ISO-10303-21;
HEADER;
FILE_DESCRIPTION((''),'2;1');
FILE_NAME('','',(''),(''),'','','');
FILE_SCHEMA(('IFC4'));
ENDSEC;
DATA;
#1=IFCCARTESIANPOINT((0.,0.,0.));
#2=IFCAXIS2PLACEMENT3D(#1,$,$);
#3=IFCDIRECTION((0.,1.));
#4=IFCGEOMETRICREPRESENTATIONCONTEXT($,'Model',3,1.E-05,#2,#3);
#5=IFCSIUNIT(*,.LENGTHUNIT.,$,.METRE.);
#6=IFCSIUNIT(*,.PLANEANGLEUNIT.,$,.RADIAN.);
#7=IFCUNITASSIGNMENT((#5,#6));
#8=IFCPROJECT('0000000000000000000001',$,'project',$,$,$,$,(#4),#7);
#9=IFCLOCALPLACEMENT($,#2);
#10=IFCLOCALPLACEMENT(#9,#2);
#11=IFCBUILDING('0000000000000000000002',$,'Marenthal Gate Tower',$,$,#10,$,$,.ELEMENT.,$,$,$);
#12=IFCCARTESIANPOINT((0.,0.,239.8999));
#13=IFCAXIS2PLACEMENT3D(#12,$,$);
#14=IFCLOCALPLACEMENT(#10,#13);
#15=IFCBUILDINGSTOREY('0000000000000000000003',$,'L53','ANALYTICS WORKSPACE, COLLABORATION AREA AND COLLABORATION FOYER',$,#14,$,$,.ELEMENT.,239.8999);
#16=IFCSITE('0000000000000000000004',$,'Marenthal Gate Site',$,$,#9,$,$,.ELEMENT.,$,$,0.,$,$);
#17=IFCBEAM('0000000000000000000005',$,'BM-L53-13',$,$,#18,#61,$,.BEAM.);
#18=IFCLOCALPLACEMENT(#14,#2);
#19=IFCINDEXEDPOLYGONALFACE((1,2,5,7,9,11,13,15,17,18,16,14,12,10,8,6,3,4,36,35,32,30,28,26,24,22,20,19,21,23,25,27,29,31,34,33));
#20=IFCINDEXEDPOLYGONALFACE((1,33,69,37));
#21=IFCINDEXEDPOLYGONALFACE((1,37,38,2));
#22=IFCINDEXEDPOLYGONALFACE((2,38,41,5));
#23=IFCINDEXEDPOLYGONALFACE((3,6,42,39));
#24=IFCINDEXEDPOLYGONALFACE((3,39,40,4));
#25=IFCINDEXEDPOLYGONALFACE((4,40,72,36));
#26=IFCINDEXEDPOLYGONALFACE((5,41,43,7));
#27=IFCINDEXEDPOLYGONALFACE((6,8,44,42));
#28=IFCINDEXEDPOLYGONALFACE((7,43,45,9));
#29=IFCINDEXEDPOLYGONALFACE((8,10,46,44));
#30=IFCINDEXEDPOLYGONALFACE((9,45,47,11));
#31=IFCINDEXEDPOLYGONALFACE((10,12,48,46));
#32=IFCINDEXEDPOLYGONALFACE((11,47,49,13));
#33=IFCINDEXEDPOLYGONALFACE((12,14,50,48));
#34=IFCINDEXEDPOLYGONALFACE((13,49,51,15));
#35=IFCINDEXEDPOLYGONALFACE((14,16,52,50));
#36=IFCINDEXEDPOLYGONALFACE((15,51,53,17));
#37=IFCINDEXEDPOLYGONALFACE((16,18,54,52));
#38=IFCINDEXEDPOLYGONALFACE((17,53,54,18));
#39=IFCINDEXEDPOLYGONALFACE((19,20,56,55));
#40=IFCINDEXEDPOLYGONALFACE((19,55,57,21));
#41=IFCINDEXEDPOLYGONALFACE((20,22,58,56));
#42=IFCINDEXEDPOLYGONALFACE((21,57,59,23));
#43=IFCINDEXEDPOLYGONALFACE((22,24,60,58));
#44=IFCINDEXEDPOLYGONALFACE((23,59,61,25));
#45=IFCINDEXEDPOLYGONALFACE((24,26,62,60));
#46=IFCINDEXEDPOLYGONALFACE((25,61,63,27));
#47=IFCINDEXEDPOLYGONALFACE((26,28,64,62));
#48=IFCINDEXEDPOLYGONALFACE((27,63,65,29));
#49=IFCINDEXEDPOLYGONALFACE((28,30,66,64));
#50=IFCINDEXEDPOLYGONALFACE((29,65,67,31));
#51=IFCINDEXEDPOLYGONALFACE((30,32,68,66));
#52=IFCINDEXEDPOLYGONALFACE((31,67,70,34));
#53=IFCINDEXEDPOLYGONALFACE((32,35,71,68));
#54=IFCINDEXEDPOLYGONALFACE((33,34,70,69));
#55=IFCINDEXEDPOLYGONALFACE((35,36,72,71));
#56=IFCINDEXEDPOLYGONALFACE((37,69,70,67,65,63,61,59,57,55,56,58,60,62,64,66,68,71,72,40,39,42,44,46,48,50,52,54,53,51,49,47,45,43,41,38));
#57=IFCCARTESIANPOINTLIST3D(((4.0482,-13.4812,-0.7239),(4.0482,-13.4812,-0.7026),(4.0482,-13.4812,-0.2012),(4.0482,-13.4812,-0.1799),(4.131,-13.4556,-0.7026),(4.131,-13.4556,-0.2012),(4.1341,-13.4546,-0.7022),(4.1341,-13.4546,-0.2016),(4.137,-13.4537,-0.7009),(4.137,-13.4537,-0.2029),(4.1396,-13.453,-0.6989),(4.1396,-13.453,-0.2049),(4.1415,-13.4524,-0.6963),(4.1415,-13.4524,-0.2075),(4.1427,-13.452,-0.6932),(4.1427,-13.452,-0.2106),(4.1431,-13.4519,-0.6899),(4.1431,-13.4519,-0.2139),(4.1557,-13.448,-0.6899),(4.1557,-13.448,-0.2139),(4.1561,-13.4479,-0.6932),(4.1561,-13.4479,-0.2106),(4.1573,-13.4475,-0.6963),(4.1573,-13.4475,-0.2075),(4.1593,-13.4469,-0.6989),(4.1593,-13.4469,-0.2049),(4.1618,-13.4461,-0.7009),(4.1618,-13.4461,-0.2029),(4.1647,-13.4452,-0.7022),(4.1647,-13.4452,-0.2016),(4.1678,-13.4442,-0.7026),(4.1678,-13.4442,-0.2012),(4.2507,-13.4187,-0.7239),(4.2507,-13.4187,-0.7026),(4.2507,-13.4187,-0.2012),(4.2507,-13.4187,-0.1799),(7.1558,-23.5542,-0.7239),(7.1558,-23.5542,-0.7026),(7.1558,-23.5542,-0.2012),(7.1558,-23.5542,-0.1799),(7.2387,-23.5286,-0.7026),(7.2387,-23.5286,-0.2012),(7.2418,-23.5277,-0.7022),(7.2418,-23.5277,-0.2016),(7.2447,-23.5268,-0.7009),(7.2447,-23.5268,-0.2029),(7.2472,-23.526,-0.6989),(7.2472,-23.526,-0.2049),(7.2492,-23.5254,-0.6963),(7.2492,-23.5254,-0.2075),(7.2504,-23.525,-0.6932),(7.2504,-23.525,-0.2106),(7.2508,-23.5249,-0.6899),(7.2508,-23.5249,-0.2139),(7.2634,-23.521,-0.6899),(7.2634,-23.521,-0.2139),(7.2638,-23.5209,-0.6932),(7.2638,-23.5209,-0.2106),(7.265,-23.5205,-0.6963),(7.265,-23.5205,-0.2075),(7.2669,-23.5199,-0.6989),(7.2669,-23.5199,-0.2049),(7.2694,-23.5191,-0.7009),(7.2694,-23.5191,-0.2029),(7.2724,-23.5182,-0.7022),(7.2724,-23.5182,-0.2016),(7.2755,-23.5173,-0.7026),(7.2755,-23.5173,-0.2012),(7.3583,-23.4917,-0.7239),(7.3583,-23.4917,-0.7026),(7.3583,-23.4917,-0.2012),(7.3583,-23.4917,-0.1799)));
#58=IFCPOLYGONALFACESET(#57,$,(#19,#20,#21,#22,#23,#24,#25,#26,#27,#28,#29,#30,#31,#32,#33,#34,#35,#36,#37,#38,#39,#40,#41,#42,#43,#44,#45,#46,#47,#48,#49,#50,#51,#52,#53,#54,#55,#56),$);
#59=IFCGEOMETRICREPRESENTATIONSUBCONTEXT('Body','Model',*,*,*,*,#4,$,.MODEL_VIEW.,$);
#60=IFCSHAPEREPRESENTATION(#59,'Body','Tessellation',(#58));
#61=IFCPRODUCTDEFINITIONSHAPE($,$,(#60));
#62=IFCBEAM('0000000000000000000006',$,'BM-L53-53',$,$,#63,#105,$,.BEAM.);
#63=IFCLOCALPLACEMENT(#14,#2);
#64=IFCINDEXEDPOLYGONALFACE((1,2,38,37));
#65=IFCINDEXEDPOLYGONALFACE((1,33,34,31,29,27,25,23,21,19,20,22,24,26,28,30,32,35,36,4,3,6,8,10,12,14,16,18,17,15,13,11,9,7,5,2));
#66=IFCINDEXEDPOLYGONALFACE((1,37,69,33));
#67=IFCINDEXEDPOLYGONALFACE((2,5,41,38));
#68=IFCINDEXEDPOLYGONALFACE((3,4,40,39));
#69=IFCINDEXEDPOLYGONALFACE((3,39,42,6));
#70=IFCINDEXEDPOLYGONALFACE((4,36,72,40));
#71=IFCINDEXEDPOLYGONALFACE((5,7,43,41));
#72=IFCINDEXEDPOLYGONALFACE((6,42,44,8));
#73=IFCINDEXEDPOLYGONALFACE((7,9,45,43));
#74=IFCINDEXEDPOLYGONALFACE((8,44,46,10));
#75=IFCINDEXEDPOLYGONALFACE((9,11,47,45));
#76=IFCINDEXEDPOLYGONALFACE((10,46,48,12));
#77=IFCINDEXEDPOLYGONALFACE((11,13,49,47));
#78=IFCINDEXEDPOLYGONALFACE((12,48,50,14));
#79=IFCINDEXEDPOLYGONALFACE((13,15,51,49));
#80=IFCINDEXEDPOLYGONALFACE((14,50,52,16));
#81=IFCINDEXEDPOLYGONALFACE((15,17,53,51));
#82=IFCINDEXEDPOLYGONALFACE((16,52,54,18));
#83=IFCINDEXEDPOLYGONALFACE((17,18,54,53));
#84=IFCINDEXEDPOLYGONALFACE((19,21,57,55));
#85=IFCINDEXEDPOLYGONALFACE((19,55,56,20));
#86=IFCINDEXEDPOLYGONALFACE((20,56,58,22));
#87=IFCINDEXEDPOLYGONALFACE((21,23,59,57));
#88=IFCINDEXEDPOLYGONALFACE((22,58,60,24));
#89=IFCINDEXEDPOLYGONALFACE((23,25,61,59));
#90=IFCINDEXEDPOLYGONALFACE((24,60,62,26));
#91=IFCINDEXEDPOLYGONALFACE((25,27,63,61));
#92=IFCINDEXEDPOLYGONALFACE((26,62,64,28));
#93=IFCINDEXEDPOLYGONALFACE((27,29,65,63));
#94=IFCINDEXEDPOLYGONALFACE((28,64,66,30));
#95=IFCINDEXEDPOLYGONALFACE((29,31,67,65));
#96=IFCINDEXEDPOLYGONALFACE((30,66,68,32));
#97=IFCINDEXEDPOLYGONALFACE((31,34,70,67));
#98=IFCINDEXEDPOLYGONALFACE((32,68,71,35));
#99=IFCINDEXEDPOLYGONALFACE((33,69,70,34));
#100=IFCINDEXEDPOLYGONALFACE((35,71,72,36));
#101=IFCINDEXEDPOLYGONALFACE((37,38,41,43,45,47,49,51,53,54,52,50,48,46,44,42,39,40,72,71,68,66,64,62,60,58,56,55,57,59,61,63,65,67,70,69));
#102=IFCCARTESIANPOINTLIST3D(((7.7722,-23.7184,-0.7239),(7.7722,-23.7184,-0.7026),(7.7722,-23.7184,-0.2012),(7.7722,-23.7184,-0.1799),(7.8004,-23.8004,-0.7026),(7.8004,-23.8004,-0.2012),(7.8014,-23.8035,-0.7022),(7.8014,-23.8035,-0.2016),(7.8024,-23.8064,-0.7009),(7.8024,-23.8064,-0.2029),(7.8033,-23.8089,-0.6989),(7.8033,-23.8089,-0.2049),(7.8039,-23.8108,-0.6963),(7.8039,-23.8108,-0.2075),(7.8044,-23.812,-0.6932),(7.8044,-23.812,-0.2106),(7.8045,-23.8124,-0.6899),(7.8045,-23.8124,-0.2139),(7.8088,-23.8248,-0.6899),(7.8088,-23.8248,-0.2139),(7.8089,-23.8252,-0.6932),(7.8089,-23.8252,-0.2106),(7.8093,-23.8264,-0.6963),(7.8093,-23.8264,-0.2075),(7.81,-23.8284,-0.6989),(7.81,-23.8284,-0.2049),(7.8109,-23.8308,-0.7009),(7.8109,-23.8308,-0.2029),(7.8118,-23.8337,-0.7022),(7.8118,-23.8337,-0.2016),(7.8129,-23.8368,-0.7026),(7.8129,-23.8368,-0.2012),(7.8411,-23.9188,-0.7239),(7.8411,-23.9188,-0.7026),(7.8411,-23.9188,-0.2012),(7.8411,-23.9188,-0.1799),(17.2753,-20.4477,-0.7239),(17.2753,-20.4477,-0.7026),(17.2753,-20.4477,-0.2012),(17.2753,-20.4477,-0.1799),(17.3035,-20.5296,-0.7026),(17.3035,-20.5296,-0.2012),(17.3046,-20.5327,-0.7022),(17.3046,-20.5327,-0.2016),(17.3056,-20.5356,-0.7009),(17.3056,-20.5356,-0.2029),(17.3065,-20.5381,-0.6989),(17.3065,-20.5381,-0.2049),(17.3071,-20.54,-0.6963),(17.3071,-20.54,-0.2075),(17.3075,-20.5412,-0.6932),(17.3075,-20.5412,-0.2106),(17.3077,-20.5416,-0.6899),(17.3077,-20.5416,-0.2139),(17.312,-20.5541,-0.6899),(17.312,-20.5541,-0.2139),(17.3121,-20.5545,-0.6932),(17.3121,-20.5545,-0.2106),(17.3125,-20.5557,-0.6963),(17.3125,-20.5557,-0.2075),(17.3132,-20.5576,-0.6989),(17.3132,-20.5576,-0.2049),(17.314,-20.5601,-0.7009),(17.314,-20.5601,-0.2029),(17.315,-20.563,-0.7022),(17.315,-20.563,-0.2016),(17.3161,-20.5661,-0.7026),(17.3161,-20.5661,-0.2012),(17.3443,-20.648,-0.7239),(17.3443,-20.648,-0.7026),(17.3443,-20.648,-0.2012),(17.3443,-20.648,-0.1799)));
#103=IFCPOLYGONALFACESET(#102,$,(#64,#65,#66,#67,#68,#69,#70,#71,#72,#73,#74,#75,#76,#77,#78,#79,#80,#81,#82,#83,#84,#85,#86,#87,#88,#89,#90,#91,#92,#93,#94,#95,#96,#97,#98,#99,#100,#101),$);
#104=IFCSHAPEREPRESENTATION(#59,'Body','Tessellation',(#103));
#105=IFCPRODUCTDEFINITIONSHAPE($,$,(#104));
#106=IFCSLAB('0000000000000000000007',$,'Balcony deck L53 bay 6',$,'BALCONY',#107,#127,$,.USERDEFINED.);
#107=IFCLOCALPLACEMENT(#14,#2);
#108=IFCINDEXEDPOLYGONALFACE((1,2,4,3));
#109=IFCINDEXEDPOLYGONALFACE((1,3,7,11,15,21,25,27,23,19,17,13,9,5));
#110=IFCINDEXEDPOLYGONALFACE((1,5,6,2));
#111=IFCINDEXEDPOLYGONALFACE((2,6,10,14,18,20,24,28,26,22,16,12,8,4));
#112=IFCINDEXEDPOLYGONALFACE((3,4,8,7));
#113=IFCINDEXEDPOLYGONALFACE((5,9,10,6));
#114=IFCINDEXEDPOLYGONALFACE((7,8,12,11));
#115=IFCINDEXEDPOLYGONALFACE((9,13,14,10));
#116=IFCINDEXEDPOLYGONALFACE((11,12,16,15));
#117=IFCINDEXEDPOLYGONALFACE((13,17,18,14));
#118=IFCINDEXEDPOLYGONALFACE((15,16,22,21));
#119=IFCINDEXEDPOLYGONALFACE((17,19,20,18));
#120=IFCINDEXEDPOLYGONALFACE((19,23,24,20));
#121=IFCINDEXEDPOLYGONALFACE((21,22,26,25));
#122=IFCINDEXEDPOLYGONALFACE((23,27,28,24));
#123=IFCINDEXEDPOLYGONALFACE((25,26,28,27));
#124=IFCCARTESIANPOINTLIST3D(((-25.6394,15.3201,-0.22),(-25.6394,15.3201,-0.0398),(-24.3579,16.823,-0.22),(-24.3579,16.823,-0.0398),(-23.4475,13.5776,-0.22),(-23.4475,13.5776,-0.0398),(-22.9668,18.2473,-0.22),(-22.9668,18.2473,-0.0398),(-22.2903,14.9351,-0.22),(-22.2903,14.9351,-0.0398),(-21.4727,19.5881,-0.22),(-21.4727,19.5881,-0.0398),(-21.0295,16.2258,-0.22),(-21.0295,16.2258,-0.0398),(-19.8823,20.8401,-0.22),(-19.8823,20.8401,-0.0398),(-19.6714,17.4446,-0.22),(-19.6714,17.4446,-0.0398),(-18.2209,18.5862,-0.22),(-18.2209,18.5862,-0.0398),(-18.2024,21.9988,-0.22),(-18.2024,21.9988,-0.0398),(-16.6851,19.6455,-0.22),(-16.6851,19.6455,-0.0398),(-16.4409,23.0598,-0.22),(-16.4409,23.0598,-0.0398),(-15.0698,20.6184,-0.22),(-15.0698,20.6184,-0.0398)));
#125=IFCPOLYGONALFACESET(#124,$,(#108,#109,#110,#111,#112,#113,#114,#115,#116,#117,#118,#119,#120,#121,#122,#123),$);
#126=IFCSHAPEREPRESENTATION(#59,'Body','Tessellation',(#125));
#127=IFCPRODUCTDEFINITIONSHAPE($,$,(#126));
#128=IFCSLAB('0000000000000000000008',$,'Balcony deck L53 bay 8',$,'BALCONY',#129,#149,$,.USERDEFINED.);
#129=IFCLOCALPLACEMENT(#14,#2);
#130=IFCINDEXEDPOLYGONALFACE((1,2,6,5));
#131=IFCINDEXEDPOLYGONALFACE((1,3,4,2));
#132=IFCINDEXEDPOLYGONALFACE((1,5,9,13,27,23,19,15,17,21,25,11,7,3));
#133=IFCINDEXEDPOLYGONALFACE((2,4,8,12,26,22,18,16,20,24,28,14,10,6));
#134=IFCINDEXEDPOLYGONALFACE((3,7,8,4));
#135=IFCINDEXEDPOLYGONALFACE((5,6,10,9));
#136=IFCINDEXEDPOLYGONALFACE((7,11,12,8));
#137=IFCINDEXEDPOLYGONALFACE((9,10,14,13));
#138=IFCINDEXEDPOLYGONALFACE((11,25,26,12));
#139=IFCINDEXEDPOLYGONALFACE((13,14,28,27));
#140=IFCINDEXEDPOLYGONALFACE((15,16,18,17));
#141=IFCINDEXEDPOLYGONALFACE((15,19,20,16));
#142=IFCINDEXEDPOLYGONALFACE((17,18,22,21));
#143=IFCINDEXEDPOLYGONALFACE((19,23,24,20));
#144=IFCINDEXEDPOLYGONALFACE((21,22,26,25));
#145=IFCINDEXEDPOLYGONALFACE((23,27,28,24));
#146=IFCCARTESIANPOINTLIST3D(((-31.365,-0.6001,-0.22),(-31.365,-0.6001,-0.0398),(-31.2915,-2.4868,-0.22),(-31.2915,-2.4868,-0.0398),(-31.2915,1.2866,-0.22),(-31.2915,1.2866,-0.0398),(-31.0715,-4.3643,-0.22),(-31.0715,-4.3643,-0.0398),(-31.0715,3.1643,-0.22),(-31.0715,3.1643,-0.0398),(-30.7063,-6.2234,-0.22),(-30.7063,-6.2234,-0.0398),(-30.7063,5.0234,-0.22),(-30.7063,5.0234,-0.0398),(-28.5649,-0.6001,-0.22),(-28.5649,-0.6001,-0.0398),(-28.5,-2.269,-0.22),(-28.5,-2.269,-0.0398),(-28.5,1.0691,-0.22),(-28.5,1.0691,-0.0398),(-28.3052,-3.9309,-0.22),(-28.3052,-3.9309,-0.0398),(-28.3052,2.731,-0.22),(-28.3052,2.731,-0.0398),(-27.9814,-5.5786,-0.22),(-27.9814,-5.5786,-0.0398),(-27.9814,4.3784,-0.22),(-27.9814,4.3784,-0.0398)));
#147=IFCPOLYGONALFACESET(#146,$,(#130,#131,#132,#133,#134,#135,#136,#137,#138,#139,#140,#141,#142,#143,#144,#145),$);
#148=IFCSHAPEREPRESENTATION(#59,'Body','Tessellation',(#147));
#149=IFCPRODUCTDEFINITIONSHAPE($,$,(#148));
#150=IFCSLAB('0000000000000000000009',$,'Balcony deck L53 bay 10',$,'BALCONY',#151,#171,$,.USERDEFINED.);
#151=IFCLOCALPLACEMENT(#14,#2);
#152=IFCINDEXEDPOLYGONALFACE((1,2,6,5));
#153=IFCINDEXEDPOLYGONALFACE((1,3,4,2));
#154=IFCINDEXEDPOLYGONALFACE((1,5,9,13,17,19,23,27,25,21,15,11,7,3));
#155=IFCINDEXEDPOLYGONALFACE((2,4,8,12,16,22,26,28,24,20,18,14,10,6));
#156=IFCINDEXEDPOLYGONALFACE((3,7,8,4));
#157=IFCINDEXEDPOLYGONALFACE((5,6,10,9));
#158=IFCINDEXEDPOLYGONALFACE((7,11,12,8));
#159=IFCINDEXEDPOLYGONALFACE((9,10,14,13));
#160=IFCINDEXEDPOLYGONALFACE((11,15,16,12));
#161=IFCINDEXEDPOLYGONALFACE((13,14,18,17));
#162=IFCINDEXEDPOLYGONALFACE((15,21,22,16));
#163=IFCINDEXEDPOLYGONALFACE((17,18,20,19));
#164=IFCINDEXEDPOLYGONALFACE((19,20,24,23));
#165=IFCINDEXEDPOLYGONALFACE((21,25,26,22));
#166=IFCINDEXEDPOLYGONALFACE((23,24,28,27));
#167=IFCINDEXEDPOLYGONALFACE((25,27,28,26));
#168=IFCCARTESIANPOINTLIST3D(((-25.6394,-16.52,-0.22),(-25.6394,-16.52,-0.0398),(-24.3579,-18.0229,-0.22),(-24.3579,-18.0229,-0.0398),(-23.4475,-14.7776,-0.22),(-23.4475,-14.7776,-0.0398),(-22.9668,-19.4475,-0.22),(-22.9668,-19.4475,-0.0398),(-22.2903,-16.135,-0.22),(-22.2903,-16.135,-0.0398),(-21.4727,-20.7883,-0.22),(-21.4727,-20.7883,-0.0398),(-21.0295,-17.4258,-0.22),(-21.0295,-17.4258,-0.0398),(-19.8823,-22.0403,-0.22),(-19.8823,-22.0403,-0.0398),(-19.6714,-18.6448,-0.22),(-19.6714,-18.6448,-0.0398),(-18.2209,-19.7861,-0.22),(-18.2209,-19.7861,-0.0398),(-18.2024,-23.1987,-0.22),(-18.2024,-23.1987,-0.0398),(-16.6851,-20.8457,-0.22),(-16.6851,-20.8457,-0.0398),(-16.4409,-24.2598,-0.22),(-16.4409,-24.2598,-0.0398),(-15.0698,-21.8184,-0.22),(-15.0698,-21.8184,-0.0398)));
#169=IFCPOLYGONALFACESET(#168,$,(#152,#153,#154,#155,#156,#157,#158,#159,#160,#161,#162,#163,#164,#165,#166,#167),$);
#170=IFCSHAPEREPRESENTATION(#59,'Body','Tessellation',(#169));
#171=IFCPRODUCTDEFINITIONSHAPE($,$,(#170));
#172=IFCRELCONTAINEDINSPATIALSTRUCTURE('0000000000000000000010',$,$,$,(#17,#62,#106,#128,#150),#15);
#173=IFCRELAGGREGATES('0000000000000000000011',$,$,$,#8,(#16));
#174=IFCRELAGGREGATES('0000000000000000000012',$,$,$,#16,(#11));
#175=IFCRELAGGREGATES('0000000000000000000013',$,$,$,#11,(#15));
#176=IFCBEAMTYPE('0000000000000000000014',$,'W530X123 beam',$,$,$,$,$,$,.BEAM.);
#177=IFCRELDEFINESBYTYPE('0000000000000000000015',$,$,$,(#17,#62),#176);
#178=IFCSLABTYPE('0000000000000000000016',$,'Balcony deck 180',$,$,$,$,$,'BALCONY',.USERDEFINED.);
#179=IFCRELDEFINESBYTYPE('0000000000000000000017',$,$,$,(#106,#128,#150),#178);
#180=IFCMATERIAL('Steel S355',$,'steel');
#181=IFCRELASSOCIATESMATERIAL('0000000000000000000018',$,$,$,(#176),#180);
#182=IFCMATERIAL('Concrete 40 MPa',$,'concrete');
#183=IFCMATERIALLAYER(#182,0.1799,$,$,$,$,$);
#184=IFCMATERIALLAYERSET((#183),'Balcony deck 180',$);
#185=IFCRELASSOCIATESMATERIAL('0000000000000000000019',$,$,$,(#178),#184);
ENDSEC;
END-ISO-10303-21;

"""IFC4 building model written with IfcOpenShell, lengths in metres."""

from ifc_helpers import new_model, si_unit, direction, frame, origin, origin_2d, place, context, subcontext, project, spatial, polyline, i_section, outline, extrude, material, layer, layer_set, material_profile, profile_set, type_object, element, save


model = new_model("IFC4")

# Units and contexts
model_context = context("Model", 3, precision=1e-05, world=origin(), true_north=direction((0.0, 1.0)))
body_context = subcontext(model_context, "Body", "Model", "MODEL_VIEW")
ifc_project = project(units=[si_unit("LENGTHUNIT", "METRE"), si_unit("PLANEANGLEUNIT", "RADIAN")], contexts=[model_context])

# Site, building, storey
site_placement = place(None, origin())
site = spatial("IfcSite", under=ifc_project, at=site_placement, Name="Marenthal Gate Site", CompositionType="ELEMENT", RefElevation=0.0)
building_placement = place(site_placement, origin())
building = spatial("IfcBuilding", under=site, at=building_placement, Name="Marenthal Gate Tower", CompositionType="ELEMENT")
storey_placement = place(building_placement, frame((0.0, 0.0, 239.8999)))
storey = spatial("IfcBuildingStorey", under=building, at=storey_placement, Name="L53", Description="ANALYTICS WORKSPACE, COLLABORATION AREA AND COLLABORATION FOYER", CompositionType="ELEMENT", Elevation=239.8999)

# Beams
ifc_material_1 = material(Name="Steel S355", Category="steel")
ifc_material_profile_1 = material_profile(ifc_material_1, i_section(OverallWidth=0.2119, OverallDepth=0.5439, WebThickness=0.0132, FlangeThickness=0.0212, FilletRadius=0.0127, at=origin_2d()), Name="W530X123")
ifc_profile_set_1 = profile_set([ifc_material_profile_1], Name="Steel S355")
beam_type_1 = type_object("IfcBeamType", Name="W530X123 beam", PredefinedType="BEAM", material=ifc_profile_set_1)
beam_1_placement = place(storey_placement, frame((7.2571, -23.5229, -0.4519), z_axis=(-0.294803, 0.955558, 0.0), x_axis=(-0.955558, -0.294803, 0.0)))
element("IfcBeam", 1, at=beam_1_placement, inside=storey, type_object=beam_type_1, Name="BM-L53-13", PredefinedType="BEAM", context=body_context, shape_type="SweptSolid", body=[
    extrude(i_section(OverallWidth=0.2119, OverallDepth=0.5439, WebThickness=0.0132, FlangeThickness=0.0212, FilletRadius=0.0127, at=origin_2d()), origin(), (0.0, 0.0, 1.0), 10.5415),
])
beam_2_placement = place(storey_placement, frame((7.8066, -23.8186, -0.4519), z_axis=(0.945563, 0.325439, 0.0), x_axis=(-0.325439, 0.945563, 0.0)))
element("IfcBeam", 2, at=beam_2_placement, inside=storey, type_object=beam_type_1, Name="BM-L53-53", PredefinedType="BEAM", context=body_context, shape_type="SweptSolid", body=[
    extrude(i_section(OverallWidth=0.2119, OverallDepth=0.5439, WebThickness=0.0132, FlangeThickness=0.0212, FilletRadius=0.0127, at=origin_2d()), origin(), (0.0, 0.0, 1.0), 10.0503),
])

# Slabs
ifc_material_2 = material(Name="Concrete 40 MPa", Category="concrete")
ifc_layer_1 = layer(ifc_material_2, 0.1799)
ifc_layer_set_1 = layer_set([ifc_layer_1], Name="Balcony deck 180")
slab_type_1 = type_object("IfcSlabType", Name="Balcony deck 180", ElementType="BALCONY", PredefinedType="USERDEFINED", material=ifc_layer_set_1)
slab_1_placement = place(storey_placement, frame((0.0, 0.0, -0.22)))
element("IfcSlab", 3, at=slab_1_placement, inside=storey, type_object=slab_type_1, Name="Balcony deck L53 bay 6", ObjectType="BALCONY", PredefinedType="USERDEFINED", context=body_context, shape_type="SweptSolid", body=[
    extrude(outline(polyline([(-15.0698, 20.6184), (-16.6851, 19.6455), (-18.2209, 18.5862), (-19.6714, 17.4446), (-21.0295, 16.2258), (-22.2903, 14.9351), (-23.4475, 13.5776), (-25.6394, 15.3201), (-24.3579, 16.823), (-22.9668, 18.2473), (-21.4727, 19.5881), (-19.8823, 20.8401), (-18.2024, 21.9988), (-16.4409, 23.0598), (-15.0698, 20.6184)])), origin(), (0.0, 0.0, 1.0), 0.1802),
])
slab_2_placement = place(storey_placement, frame((0.0, 0.0, -0.22)))
element("IfcSlab", 4, at=slab_2_placement, inside=storey, type_object=slab_type_1, Name="Balcony deck L53 bay 8", ObjectType="BALCONY", PredefinedType="USERDEFINED", context=body_context, shape_type="SweptSolid", body=[
    extrude(outline(polyline([(-27.9814, 4.3784), (-28.3052, 2.731), (-28.5, 1.0691), (-28.5649, -0.6001), (-28.5, -2.269), (-28.3052, -3.9309), (-27.9814, -5.5786), (-30.7063, -6.2234), (-31.0715, -4.3643), (-31.2915, -2.4868), (-31.365, -0.6001), (-31.2915, 1.2866), (-31.0715, 3.1643), (-30.7063, 5.0234), (-27.9814, 4.3784)])), origin(), (0.0, 0.0, 1.0), 0.1802),
])
slab_3_placement = place(storey_placement, frame((0.0, 0.0, -0.22)))
element("IfcSlab", 5, at=slab_3_placement, inside=storey, type_object=slab_type_1, Name="Balcony deck L53 bay 10", ObjectType="BALCONY", PredefinedType="USERDEFINED", context=body_context, shape_type="SweptSolid", body=[
    extrude(outline(polyline([(-23.4475, -14.7776), (-22.2903, -16.135), (-21.0295, -17.4258), (-19.6714, -18.6448), (-18.2209, -19.7861), (-16.6851, -20.8457), (-15.0698, -21.8184), (-16.4409, -24.2598), (-18.2024, -23.1987), (-19.8823, -22.0403), (-21.4727, -20.7883), (-22.9668, -19.4475), (-24.3579, -18.0229), (-25.6394, -16.52), (-23.4475, -14.7776)])), origin(), (0.0, 0.0, 1.0), 0.1802),
])

save(model, "model.ifc")
